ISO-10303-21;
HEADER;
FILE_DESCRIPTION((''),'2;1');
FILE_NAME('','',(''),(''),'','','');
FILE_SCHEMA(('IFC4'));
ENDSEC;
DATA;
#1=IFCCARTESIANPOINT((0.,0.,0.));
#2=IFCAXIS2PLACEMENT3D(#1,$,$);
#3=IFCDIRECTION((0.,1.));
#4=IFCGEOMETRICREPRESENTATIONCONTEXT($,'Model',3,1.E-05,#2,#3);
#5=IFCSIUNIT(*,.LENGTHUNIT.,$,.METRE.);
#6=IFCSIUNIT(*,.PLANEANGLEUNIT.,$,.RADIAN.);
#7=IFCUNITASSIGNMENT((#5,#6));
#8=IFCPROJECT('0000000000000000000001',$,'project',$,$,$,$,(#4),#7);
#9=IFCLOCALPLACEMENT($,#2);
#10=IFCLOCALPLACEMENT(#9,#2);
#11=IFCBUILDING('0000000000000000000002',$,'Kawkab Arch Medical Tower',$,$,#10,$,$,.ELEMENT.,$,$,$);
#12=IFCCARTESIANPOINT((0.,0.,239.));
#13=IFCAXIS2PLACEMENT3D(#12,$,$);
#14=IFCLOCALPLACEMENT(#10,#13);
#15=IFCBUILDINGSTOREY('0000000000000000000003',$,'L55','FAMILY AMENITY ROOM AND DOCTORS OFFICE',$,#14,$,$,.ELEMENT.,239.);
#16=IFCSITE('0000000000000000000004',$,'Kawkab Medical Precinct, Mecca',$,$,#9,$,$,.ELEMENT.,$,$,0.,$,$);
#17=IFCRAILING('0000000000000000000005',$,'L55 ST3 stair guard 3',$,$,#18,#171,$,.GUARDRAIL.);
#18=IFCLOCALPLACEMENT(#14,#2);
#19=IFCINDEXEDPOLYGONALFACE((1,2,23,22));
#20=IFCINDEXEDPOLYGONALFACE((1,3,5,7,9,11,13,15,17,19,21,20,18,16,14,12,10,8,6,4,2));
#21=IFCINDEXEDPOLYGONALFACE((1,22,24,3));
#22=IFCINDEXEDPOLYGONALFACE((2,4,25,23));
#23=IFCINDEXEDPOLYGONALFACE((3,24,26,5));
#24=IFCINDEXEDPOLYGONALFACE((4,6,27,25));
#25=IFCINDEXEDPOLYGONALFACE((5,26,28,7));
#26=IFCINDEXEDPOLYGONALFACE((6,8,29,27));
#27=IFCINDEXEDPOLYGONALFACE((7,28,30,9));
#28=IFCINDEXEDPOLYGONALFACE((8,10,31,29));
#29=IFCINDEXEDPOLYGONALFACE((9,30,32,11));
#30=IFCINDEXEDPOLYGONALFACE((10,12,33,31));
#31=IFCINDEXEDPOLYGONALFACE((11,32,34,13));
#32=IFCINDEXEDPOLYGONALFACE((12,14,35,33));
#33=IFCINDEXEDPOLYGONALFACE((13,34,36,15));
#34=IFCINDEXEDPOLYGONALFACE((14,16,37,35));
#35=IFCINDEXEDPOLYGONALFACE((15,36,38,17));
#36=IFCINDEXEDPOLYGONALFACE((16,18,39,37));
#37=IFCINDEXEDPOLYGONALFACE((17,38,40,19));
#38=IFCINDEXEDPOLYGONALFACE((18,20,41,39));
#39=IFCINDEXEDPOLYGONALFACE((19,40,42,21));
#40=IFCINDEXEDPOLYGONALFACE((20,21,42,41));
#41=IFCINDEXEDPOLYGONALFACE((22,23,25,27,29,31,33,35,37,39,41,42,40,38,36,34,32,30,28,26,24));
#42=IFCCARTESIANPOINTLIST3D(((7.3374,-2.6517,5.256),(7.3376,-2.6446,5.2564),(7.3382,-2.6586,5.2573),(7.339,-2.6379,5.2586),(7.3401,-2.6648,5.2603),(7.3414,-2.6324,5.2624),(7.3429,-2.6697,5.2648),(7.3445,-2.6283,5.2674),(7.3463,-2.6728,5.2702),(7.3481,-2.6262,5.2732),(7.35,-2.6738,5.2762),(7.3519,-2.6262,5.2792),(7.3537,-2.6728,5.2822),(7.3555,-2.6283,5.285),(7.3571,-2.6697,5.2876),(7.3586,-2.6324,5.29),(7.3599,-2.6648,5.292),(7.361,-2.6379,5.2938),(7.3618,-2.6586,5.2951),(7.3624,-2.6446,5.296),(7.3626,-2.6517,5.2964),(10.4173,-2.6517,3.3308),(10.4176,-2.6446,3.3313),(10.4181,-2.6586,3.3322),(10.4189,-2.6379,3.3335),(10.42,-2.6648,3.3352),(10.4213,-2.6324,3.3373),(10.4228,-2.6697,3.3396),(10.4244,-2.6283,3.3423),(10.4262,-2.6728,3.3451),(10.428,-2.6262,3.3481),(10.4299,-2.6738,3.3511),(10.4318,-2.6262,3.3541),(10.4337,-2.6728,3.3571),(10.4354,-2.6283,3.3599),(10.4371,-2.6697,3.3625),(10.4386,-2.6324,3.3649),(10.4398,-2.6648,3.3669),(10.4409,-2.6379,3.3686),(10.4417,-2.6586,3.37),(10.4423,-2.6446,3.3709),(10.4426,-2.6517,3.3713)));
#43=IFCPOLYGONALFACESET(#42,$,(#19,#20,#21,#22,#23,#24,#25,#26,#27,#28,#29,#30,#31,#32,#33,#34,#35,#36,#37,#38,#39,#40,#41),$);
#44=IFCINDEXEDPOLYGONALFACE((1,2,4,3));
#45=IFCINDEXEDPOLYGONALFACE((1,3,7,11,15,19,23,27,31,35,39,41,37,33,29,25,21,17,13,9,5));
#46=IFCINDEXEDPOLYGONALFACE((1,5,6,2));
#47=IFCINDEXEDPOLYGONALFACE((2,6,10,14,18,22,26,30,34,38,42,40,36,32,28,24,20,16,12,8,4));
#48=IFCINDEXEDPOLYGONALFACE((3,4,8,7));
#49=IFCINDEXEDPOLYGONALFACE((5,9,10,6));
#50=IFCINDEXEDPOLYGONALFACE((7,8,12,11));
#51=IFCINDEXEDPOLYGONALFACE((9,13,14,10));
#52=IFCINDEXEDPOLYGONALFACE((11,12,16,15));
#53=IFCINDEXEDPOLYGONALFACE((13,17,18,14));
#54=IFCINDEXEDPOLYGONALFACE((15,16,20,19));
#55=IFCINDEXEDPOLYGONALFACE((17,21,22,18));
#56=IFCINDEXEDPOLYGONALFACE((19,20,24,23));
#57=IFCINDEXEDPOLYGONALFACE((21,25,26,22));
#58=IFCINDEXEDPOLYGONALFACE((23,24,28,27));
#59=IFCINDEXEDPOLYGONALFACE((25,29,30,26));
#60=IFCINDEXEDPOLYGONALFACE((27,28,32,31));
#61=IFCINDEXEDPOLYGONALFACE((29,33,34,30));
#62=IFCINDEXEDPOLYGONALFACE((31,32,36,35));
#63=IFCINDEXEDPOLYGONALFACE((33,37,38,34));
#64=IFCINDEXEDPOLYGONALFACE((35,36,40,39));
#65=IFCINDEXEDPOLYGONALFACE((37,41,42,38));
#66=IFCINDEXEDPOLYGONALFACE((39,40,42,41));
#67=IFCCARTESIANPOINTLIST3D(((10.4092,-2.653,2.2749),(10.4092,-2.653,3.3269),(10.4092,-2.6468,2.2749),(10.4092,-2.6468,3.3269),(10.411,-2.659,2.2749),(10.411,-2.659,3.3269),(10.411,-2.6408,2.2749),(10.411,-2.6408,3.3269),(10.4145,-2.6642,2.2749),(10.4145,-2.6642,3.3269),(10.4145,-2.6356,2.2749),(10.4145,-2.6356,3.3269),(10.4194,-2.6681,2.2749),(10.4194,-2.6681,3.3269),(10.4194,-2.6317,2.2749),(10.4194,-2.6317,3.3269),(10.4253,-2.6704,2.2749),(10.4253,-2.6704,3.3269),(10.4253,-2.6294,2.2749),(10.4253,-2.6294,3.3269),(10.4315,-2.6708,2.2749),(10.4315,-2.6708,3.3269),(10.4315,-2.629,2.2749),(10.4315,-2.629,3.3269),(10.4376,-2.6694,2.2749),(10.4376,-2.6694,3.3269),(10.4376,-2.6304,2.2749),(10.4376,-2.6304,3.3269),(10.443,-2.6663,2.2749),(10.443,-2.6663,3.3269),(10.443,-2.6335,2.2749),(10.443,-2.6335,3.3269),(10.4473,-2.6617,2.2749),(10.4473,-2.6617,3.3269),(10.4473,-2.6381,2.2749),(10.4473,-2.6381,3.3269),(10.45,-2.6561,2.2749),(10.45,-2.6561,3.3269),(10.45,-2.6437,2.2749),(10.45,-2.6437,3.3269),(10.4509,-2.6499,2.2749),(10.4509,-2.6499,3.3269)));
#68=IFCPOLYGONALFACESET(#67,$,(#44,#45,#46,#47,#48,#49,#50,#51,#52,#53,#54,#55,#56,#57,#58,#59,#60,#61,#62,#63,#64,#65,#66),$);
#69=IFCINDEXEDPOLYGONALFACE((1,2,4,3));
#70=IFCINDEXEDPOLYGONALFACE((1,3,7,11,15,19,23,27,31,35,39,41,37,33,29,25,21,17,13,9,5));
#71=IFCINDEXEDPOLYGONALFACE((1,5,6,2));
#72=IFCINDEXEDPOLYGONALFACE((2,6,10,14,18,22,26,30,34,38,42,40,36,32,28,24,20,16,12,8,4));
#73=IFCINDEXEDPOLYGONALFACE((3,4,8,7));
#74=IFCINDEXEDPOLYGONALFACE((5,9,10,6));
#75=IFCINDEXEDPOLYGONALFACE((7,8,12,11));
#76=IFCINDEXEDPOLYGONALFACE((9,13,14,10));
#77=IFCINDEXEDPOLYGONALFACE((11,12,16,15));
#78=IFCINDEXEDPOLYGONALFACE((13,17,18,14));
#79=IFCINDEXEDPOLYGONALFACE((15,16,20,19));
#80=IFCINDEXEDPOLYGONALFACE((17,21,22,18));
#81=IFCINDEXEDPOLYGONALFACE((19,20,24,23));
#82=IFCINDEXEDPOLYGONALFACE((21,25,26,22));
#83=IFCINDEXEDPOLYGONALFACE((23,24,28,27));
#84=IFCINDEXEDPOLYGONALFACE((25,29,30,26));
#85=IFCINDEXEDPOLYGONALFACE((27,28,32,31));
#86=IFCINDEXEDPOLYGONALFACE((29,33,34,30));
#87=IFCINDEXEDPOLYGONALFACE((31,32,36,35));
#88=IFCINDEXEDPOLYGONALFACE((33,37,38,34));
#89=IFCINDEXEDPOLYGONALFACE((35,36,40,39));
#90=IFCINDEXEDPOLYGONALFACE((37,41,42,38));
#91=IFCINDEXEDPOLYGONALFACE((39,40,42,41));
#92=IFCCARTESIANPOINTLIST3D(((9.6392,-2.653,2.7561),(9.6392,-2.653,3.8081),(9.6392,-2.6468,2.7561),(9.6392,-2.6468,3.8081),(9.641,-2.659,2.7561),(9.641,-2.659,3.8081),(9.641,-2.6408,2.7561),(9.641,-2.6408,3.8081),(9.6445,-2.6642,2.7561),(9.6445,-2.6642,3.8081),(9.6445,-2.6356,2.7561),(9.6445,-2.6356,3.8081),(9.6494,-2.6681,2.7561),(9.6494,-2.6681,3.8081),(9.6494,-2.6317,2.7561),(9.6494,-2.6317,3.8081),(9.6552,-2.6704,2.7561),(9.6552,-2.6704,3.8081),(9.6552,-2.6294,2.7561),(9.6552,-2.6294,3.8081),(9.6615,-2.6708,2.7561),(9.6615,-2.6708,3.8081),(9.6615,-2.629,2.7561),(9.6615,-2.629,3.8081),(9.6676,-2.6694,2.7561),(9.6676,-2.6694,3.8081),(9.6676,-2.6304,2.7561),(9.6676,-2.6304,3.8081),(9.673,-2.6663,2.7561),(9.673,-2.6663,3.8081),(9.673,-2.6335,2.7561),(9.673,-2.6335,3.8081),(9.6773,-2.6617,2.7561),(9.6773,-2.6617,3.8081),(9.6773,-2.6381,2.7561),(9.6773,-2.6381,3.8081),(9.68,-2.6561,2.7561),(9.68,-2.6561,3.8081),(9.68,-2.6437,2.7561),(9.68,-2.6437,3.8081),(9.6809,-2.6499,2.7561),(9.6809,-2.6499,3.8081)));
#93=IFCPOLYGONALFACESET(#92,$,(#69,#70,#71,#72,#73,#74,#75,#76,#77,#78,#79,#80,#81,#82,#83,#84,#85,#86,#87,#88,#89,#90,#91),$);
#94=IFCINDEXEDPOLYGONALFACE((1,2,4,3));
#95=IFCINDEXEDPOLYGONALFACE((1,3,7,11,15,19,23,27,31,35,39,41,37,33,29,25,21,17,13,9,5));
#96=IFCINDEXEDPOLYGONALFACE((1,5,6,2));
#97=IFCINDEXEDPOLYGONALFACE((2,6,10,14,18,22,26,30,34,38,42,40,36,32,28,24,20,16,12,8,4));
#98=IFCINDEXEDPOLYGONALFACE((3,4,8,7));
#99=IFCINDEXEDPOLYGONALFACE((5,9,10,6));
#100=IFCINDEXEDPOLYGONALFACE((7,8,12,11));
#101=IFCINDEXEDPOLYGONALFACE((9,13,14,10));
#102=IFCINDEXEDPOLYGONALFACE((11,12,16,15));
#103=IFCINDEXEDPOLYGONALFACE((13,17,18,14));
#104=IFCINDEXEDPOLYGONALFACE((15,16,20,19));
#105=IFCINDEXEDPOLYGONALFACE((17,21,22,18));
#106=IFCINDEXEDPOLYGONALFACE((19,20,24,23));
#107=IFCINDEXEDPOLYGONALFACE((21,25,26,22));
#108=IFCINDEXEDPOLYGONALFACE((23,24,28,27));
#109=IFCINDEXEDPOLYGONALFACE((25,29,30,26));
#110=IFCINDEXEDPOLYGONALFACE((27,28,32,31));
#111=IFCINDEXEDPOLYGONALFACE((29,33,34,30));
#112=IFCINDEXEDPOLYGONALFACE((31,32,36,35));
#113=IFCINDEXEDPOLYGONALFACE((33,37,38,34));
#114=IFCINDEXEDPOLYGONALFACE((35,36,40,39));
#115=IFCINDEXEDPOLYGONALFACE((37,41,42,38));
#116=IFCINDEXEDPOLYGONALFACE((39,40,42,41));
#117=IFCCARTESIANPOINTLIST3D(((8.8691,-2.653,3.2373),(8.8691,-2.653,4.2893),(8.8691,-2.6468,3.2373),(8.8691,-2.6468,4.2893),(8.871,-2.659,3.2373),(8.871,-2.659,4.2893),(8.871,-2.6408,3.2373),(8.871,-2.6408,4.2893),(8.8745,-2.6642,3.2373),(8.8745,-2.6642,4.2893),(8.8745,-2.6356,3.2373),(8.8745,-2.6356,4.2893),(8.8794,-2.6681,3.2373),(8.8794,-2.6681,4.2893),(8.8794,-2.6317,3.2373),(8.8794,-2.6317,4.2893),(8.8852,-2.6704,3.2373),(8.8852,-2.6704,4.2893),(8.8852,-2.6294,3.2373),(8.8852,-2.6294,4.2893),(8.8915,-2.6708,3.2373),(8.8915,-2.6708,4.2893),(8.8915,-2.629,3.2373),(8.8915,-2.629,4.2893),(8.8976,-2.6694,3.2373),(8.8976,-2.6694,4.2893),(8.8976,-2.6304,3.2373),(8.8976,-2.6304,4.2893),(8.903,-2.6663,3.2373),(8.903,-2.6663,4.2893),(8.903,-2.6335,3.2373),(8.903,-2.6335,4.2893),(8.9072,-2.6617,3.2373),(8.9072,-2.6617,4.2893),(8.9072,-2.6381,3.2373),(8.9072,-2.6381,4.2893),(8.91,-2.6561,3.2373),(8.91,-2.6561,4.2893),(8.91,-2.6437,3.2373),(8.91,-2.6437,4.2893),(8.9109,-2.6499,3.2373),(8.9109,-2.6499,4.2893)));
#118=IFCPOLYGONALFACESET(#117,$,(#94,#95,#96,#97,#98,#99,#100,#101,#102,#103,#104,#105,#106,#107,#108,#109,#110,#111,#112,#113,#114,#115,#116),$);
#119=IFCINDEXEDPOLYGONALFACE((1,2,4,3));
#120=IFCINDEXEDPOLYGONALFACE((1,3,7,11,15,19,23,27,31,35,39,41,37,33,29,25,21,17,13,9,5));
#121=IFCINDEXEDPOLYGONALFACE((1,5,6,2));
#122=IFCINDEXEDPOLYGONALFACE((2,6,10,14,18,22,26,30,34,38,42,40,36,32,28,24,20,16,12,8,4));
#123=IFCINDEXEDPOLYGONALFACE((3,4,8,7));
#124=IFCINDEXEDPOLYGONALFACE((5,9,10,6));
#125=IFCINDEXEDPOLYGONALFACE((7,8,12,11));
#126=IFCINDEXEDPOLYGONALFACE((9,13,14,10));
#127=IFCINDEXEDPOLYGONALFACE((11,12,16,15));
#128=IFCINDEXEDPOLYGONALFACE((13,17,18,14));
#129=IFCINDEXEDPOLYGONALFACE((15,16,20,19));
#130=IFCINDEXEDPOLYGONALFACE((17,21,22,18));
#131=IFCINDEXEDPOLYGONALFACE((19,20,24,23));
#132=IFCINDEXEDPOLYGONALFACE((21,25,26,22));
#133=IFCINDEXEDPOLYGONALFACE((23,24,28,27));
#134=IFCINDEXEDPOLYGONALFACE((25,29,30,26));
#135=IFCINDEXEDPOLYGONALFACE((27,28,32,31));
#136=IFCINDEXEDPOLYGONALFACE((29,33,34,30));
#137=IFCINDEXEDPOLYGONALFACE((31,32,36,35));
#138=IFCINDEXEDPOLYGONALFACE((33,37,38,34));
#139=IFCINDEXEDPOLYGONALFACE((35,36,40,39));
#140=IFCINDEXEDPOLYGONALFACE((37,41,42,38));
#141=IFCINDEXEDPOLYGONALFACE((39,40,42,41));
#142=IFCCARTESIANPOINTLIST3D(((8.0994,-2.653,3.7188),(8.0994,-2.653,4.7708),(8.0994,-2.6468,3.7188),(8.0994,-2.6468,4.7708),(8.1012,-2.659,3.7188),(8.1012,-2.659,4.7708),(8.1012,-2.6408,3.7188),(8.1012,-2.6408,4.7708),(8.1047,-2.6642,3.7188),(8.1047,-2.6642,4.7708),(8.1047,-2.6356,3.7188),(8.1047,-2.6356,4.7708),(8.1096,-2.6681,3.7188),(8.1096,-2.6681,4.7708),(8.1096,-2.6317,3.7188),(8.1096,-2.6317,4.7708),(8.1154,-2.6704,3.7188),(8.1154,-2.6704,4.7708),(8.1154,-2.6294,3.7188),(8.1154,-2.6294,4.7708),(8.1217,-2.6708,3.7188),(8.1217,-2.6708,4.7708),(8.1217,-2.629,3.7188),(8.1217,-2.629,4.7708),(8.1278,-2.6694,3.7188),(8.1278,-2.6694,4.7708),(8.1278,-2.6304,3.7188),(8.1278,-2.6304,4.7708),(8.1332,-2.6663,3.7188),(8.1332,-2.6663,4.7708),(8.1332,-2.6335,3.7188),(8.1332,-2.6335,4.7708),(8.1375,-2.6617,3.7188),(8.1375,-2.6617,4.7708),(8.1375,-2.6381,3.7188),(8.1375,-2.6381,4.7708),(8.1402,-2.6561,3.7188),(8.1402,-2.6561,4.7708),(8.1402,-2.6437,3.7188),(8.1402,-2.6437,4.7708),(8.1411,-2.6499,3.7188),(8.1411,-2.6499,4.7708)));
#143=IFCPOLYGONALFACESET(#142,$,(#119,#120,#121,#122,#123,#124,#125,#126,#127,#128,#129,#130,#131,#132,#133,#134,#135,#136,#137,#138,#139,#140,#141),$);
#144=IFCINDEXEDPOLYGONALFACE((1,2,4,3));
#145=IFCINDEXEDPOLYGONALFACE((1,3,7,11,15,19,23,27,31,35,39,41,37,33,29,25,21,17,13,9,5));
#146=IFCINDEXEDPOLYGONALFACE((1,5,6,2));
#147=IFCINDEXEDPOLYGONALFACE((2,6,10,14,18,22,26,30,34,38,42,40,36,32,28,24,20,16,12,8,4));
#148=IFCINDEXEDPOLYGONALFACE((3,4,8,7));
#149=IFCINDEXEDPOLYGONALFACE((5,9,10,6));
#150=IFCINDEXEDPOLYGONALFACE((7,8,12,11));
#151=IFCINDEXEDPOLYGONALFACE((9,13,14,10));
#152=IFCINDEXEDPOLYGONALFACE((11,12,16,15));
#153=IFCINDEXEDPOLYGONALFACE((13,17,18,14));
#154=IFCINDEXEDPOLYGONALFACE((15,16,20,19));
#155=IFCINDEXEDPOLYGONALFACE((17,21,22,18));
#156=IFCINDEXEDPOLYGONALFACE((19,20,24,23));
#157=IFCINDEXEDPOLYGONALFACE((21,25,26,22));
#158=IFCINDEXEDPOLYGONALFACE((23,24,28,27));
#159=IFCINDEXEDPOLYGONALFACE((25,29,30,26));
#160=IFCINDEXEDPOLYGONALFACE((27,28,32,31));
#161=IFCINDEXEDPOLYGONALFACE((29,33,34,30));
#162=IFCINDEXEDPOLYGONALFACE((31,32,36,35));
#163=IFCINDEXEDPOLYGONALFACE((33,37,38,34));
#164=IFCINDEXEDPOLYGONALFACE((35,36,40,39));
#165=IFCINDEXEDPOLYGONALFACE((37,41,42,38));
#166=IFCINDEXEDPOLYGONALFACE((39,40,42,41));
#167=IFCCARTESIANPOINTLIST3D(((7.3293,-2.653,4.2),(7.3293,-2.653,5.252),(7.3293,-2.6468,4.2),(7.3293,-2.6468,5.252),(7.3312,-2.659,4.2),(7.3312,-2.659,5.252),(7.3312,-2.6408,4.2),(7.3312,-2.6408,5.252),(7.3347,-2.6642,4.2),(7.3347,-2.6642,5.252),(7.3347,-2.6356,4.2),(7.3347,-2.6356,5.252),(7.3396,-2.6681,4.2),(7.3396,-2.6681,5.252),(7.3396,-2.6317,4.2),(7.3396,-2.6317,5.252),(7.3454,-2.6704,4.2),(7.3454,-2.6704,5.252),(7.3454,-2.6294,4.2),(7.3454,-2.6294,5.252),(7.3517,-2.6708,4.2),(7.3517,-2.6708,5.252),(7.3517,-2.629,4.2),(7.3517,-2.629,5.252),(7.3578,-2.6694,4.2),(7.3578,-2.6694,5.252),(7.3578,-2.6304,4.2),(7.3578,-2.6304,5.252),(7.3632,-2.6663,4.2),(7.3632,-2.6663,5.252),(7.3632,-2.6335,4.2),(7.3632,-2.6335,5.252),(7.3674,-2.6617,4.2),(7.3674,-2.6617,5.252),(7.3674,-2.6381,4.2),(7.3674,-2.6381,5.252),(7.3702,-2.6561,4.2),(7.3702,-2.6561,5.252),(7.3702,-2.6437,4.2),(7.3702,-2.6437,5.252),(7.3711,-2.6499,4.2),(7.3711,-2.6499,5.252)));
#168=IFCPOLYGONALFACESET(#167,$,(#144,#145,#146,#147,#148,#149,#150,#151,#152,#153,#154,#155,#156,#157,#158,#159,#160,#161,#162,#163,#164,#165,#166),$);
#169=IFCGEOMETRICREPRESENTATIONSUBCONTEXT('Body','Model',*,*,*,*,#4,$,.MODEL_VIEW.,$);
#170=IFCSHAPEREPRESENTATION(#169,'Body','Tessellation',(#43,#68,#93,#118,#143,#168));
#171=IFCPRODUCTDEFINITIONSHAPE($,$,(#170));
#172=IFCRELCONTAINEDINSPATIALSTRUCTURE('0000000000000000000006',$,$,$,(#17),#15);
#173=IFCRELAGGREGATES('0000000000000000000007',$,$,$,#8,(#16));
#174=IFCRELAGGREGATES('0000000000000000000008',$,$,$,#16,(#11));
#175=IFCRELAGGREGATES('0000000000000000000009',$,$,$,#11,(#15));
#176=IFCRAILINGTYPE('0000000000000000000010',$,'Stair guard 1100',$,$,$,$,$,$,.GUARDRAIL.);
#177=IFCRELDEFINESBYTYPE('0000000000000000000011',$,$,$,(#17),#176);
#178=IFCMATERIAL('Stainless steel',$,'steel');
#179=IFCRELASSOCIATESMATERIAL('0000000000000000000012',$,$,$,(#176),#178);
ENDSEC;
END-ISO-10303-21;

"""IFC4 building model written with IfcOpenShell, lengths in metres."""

from ifc_helpers import new_model, si_unit, direction, frame, origin, origin_2d, place, context, subcontext, project, spatial, circle, extrude, material, type_object, element, save


model = new_model("IFC4")

# Units and contexts
model_context = context("Model", 3, precision=1e-05, world=origin(), true_north=direction((0.0, 1.0)))
body_context = subcontext(model_context, "Body", "Model", "MODEL_VIEW")
ifc_project = project(units=[si_unit("LENGTHUNIT", "METRE"), si_unit("PLANEANGLEUNIT", "RADIAN")], contexts=[model_context])

# Site, building, storey
site_placement = place(None, origin())
site = spatial("IfcSite", under=ifc_project, at=site_placement, Name="Kawkab Medical Precinct, Mecca", CompositionType="ELEMENT", RefElevation=0.0)
building_placement = place(site_placement, origin())
building = spatial("IfcBuilding", under=site, at=building_placement, Name="Kawkab Arch Medical Tower", CompositionType="ELEMENT")
storey_placement = place(building_placement, frame((0.0, 0.0, 239.0)))
storey = spatial("IfcBuildingStorey", under=building, at=storey_placement, Name="L55", Description="FAMILY AMENITY ROOM AND DOCTORS OFFICE", CompositionType="ELEMENT", Elevation=239.0)

# Railing
ifc_material_1 = material(Name="Stainless steel", Category="steel")
railing_type_1 = type_object("IfcRailingType", Name="Stair guard 1100", PredefinedType="GUARDRAIL", material=ifc_material_1)
railing_1_placement = place(storey_placement, frame((10.4299, -2.6499, 2.2749)))
element("IfcRailing", 1, at=railing_1_placement, inside=storey, type_object=railing_type_1, Name="L55 ST3 stair guard 3", PredefinedType="GUARDRAIL", context=body_context, shape_type="SweptSolid", body=[
    extrude(circle(Radius=0.0239, at=origin_2d()), frame((0.0, 0.0, 1.0762), z_axis=(-0.847979, 0.0, 0.530029), x_axis=(0.0, -1.0, 0.0)), (0.0, 0.0, 1.0), 3.6321),
    extrude(circle(Radius=0.021, at=origin_2d()), origin(), (0.0, 0.0, 1.0), 1.052),
    extrude(circle(Radius=0.021, at=origin_2d()), frame((-0.77, 0.0, 0.4812)), (0.0, 0.0, 1.0), 1.052),
    extrude(circle(Radius=0.021, at=origin_2d()), frame((-1.54, 0.0, 0.9624)), (0.0, 0.0, 1.0), 1.052),
    extrude(circle(Radius=0.021, at=origin_2d()), frame((-2.3098, 0.0, 1.4438)), (0.0, 0.0, 1.0), 1.052),
    extrude(circle(Radius=0.021, at=origin_2d()), frame((-3.0798, 0.0, 1.925)), (0.0, 0.0, 1.0), 1.052),
])

save(model, "model.ifc")
